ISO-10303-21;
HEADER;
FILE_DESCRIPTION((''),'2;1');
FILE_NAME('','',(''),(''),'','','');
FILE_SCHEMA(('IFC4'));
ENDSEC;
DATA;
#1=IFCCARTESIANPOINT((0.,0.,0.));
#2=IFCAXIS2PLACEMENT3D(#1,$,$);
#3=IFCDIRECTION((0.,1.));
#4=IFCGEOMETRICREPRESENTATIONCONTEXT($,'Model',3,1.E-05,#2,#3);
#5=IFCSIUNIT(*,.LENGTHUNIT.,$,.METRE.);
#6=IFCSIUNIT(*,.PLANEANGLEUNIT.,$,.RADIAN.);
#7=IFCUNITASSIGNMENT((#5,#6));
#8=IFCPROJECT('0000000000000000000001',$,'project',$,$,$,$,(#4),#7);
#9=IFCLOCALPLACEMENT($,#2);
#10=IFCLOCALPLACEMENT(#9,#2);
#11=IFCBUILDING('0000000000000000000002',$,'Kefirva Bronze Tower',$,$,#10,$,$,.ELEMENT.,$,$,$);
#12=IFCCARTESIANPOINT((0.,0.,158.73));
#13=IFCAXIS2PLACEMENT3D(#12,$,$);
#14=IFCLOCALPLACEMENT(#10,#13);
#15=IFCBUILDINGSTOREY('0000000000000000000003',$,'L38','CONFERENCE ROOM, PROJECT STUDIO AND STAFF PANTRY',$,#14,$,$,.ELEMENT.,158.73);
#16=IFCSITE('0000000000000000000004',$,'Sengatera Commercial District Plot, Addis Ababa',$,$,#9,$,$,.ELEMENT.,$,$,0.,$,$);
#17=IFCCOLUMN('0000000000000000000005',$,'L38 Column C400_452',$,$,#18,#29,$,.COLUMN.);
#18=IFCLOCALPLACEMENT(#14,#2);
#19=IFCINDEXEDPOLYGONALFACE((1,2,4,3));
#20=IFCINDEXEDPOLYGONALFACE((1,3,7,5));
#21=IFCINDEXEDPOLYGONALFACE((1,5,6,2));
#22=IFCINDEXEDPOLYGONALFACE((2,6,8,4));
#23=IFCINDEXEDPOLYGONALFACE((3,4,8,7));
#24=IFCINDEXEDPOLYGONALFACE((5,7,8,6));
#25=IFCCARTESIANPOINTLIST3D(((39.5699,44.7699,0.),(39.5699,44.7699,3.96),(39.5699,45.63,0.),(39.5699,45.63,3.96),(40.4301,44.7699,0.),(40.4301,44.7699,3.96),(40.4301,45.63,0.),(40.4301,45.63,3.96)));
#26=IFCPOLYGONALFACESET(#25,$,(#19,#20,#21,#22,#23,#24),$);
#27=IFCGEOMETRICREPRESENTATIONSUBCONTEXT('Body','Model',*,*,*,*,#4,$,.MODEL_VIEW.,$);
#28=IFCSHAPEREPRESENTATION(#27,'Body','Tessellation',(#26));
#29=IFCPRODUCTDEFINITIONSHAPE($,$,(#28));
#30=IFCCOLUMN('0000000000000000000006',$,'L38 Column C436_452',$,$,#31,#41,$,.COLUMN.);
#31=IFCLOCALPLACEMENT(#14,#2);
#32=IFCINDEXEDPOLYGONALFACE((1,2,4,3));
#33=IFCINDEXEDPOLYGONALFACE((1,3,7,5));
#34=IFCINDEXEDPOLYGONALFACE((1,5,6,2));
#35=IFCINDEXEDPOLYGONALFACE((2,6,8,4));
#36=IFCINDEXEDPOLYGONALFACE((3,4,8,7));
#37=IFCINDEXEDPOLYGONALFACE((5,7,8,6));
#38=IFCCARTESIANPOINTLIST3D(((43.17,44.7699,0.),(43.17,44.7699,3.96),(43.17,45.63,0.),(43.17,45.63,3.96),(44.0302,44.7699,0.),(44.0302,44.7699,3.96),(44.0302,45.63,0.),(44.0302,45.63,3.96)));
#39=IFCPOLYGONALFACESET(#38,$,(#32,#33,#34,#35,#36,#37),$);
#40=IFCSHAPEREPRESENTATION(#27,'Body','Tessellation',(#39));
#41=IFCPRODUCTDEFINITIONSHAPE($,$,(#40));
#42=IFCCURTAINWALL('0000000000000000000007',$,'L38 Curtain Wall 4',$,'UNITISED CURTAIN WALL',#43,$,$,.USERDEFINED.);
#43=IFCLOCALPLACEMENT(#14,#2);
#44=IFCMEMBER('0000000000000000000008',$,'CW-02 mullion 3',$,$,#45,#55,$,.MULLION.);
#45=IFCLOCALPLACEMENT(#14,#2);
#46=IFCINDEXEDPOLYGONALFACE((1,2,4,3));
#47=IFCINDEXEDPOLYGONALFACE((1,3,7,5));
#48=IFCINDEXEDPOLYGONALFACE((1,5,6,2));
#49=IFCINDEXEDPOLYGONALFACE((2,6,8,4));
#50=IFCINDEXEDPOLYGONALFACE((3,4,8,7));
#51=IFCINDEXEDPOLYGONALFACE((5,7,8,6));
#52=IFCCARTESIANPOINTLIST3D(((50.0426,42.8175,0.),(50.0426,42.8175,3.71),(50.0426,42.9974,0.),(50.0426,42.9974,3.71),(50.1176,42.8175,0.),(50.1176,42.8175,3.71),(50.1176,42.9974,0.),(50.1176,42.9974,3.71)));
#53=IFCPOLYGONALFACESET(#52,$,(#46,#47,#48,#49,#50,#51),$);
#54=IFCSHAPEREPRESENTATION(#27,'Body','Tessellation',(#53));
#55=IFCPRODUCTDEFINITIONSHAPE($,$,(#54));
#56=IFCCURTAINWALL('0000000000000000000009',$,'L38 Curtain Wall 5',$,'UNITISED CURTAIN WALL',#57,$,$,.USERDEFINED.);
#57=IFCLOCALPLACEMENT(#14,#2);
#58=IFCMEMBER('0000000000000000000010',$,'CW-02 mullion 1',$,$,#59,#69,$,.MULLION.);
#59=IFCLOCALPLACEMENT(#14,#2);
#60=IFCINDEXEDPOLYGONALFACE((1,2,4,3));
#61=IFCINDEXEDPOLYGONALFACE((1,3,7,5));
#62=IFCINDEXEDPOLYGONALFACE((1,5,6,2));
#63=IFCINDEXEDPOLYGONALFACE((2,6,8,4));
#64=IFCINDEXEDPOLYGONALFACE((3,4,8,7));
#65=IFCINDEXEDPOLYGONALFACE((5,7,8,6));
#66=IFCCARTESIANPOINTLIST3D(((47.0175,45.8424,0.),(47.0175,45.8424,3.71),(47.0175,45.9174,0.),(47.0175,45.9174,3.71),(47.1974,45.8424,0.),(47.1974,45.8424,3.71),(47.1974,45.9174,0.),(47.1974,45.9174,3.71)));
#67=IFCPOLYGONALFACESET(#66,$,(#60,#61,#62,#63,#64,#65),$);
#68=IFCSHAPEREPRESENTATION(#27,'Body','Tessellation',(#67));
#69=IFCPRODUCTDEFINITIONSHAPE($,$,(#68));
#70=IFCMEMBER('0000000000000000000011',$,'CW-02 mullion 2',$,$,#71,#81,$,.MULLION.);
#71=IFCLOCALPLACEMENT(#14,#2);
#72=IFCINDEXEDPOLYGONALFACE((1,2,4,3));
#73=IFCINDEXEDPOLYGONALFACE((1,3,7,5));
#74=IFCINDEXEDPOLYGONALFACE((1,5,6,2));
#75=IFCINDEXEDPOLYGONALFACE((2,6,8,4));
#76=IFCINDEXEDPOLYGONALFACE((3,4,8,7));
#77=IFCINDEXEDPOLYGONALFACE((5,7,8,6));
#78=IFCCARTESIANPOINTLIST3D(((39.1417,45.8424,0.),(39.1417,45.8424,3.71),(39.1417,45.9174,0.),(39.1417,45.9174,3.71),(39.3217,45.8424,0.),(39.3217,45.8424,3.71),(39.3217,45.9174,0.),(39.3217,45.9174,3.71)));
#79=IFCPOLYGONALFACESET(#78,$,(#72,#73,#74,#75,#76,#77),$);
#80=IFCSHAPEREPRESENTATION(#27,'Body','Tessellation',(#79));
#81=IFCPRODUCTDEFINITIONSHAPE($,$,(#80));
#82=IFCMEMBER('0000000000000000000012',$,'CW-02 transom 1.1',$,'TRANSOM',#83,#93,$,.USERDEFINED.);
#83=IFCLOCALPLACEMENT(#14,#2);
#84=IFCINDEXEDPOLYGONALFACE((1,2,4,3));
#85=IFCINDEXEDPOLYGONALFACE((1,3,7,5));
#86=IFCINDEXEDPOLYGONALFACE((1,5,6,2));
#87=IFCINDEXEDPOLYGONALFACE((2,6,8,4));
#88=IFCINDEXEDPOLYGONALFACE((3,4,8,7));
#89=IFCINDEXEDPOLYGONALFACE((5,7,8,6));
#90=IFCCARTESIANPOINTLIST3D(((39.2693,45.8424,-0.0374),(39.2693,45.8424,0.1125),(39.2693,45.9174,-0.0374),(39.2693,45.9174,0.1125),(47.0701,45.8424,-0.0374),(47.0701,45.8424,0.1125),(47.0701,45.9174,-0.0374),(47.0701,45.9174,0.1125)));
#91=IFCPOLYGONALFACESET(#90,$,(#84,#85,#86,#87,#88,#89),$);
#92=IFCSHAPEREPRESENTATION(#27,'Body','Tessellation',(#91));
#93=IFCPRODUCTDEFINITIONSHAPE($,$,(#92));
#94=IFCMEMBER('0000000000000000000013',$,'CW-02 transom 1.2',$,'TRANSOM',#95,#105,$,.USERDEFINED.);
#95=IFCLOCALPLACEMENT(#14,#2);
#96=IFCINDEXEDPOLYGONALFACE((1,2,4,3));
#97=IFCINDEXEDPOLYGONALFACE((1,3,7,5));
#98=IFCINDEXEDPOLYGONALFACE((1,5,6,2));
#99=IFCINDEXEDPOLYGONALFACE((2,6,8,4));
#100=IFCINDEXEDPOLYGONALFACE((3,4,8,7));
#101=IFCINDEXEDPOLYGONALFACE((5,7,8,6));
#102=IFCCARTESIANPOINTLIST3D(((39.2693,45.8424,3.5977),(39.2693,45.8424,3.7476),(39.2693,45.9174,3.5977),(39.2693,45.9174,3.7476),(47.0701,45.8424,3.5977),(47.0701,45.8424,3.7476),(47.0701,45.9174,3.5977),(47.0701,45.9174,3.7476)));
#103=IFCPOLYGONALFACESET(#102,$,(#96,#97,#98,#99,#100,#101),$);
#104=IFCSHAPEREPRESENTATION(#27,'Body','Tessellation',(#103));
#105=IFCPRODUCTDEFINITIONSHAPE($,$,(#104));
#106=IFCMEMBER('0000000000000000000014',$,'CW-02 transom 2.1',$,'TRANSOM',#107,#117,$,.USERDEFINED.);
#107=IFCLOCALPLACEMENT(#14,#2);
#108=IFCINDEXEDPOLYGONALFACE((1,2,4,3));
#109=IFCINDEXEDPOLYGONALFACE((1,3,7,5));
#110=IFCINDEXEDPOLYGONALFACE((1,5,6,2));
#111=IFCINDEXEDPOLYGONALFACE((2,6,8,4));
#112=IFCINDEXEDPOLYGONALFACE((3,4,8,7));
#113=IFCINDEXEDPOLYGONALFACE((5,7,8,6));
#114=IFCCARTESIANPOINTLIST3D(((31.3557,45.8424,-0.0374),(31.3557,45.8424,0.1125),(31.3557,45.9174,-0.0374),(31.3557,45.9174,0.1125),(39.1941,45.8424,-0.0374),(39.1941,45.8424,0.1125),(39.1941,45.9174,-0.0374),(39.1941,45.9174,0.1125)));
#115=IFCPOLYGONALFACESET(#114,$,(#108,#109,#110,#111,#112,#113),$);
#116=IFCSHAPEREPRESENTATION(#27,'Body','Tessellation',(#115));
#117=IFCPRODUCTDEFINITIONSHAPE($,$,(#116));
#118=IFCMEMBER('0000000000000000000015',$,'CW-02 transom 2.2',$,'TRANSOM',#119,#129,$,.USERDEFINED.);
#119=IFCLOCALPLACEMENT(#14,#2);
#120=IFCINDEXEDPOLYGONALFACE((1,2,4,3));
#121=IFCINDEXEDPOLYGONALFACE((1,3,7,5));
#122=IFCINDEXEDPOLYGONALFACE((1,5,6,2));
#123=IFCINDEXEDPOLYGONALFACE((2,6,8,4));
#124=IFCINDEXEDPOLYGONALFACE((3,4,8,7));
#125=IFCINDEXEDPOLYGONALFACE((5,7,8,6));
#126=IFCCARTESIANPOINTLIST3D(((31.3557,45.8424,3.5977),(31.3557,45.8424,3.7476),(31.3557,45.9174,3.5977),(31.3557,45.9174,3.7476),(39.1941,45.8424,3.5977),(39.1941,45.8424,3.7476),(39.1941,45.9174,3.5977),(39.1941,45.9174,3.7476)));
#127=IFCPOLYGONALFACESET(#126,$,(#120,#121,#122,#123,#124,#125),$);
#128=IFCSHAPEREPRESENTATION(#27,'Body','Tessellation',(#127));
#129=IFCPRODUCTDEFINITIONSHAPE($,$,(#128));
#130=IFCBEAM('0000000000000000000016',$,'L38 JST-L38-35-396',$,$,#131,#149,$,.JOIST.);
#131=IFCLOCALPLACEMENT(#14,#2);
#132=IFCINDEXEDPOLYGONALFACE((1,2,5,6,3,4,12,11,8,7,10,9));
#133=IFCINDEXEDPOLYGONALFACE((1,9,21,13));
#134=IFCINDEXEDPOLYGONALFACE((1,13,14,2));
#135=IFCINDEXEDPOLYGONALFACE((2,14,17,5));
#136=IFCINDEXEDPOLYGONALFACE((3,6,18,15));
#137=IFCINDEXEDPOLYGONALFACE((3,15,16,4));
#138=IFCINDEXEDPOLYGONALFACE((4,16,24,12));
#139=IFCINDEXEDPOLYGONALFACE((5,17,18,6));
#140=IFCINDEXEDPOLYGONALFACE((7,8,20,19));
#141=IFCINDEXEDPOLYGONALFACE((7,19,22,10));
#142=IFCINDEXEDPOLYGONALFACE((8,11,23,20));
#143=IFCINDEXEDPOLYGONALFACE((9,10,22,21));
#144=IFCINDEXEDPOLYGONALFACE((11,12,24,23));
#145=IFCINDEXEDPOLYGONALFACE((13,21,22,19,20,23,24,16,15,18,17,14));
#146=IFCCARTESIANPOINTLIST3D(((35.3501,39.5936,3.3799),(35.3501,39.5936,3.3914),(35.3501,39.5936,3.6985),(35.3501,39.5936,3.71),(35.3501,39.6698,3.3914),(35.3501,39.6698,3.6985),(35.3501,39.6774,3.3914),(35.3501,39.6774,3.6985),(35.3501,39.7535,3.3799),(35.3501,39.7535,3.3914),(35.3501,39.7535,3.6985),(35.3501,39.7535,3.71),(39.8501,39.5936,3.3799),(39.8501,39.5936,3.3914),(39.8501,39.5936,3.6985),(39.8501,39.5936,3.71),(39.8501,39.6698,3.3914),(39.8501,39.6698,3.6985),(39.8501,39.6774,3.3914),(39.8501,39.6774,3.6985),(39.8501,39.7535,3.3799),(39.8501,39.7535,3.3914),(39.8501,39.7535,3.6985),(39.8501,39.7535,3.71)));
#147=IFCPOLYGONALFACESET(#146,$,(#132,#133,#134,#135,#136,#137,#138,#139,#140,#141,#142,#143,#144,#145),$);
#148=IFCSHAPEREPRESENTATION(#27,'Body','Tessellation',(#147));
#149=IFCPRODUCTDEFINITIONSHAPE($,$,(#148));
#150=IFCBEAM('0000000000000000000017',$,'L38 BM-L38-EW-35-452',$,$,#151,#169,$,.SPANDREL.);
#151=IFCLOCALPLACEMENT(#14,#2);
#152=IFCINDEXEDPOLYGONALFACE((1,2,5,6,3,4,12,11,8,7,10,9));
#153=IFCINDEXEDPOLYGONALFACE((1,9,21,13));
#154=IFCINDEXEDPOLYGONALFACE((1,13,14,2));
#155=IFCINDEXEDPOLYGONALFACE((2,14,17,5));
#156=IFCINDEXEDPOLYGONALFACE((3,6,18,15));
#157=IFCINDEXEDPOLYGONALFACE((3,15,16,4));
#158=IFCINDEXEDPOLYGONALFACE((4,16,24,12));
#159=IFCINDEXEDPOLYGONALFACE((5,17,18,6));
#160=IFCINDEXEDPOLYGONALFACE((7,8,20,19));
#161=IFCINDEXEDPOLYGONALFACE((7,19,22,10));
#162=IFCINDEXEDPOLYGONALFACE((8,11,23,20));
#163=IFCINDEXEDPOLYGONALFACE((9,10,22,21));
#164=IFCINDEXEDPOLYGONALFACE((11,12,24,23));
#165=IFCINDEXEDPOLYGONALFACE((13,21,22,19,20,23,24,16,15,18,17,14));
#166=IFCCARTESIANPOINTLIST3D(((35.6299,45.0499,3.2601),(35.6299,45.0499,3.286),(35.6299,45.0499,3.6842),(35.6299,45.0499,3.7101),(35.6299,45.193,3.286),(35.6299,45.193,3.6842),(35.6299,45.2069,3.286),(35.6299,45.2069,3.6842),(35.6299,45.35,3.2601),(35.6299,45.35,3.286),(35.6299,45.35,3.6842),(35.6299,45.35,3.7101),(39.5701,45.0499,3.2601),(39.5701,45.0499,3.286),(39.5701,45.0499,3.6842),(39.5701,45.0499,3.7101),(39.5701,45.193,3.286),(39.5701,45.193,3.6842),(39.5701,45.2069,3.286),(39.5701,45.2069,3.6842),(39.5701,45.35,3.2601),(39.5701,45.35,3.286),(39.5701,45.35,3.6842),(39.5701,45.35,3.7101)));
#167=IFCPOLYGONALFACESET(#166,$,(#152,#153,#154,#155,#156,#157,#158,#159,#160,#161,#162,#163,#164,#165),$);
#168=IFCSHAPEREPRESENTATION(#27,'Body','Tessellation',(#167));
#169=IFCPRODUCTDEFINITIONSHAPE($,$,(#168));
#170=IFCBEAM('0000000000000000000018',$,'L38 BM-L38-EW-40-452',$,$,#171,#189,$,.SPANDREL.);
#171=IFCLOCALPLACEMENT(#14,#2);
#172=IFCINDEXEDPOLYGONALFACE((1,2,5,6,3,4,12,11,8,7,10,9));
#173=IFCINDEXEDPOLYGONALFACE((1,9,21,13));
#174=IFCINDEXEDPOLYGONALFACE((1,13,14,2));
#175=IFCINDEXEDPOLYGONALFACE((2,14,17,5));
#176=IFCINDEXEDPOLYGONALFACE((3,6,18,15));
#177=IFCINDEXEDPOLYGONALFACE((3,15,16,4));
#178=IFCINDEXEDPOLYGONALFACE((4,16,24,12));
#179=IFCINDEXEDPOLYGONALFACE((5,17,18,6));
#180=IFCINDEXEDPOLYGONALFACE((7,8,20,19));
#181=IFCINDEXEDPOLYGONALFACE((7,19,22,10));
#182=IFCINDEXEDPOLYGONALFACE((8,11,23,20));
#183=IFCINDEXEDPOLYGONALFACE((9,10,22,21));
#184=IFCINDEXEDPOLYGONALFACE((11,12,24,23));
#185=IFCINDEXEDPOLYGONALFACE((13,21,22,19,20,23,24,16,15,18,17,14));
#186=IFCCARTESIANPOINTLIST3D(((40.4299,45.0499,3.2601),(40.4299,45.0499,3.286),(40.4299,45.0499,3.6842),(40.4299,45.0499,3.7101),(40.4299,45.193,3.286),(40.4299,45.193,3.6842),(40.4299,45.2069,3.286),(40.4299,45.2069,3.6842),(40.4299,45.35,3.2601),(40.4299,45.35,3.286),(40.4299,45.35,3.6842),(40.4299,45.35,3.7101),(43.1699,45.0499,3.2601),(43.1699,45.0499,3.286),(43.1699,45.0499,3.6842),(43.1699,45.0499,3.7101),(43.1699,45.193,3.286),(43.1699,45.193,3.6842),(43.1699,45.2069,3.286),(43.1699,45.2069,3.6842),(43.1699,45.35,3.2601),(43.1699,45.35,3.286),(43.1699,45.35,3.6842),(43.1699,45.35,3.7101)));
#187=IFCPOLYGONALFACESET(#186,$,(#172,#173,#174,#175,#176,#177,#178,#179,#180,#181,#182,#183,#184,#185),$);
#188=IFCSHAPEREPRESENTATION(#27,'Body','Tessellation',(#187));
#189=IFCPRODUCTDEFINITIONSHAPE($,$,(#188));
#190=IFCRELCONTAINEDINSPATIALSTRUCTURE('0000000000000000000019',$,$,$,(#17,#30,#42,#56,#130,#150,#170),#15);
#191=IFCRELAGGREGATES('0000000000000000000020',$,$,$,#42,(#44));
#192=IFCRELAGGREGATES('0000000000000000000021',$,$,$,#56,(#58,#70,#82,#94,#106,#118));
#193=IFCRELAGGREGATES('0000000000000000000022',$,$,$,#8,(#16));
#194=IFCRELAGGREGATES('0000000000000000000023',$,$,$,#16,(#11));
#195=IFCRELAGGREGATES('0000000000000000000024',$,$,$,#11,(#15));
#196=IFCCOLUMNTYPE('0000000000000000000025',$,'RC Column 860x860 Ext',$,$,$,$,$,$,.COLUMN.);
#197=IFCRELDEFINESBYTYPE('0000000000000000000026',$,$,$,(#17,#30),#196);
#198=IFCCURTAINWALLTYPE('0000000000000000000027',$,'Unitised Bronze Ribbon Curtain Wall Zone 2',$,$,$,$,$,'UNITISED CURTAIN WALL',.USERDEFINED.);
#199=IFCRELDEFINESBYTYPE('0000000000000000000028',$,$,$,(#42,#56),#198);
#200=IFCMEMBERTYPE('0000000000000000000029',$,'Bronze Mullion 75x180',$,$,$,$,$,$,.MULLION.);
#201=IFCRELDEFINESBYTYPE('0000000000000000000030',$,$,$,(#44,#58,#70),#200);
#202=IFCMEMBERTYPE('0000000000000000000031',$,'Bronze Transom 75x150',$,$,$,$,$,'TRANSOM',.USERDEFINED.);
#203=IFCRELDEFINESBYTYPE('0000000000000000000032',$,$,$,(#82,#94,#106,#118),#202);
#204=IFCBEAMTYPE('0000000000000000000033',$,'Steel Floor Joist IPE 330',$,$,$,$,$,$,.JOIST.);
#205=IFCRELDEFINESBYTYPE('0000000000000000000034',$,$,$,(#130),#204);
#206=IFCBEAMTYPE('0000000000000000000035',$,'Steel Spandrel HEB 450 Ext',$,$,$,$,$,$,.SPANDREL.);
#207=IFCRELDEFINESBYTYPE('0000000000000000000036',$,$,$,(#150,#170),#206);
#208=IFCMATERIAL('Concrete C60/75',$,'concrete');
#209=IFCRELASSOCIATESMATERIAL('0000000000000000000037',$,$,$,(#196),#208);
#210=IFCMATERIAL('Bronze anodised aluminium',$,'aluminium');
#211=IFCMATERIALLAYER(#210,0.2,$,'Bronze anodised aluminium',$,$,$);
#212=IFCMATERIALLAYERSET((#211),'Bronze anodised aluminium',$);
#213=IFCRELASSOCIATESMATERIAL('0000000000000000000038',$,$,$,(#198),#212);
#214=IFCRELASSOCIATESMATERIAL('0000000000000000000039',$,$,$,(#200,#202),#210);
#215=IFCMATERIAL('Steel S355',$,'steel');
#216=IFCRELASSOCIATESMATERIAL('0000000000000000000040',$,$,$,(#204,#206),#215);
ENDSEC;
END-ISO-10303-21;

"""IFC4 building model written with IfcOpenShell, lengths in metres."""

from ifc_helpers import new_model, si_unit, direction, frame, origin, origin_2d, place, context, subcontext, project, spatial, rectangle, i_section, extrude, material, layer, layer_set, material_profile, profile_set, type_object, element, aggregate, save


model = new_model("IFC4")

# Units and contexts
model_context = context("Model", 3, precision=1e-05, world=origin(), true_north=direction((0.0, 1.0)))
body_context = subcontext(model_context, "Body", "Model", "MODEL_VIEW")
ifc_project = project(units=[si_unit("LENGTHUNIT", "METRE"), si_unit("PLANEANGLEUNIT", "RADIAN")], contexts=[model_context])

# Site, building, storey
site_placement = place(None, origin())
site = spatial("IfcSite", under=ifc_project, at=site_placement, Name="Sengatera Commercial District Plot, Addis Ababa", CompositionType="ELEMENT", RefElevation=0.0)
building_placement = place(site_placement, origin())
building = spatial("IfcBuilding", under=site, at=building_placement, Name="Kefirva Bronze Tower", CompositionType="ELEMENT")
storey_placement = place(building_placement, frame((0.0, 0.0, 158.73)))
storey = spatial("IfcBuildingStorey", under=building, at=storey_placement, Name="L38", Description="CONFERENCE ROOM, PROJECT STUDIO AND STAFF PANTRY", CompositionType="ELEMENT", Elevation=158.73)

# Columns
ifc_material_1 = material(Name="Concrete C60/75", Category="concrete")
ifc_material_profile_1 = material_profile(ifc_material_1, rectangle(XDim=0.8601, YDim=0.8601, at=origin_2d()), Name="RC 860x860")
ifc_profile_set_1 = profile_set([ifc_material_profile_1], Name="Concrete C60/75")
column_type = type_object("IfcColumnType", Name="RC Column 860x860 Ext", PredefinedType="COLUMN", material=ifc_profile_set_1)
for number, where, z_axis, x_axis, name in (
    (1, (40.0, 45.2, 0.0), (0.0, 0.0, 1.0), (1.0, 0.0, 0.0), "L38 Column C400_452"),
    (2, (43.6001, 45.2, 0.0), (0.0, 0.0, 1.0), (1.0, 0.0, 0.0), "L38 Column C436_452"),
):
    element("IfcColumn", number, at=place(storey_placement, frame(where, z_axis=z_axis, x_axis=x_axis)), inside=storey, type_object=column_type, Name=name, PredefinedType="COLUMN", context=body_context, shape_type="SweptSolid", body=[
        extrude(rectangle(XDim=0.8601, YDim=0.8601, at=origin_2d()), origin(), (0.0, 0.0, 1.0), 3.96),
    ])

# Curtain wall, member
ifc_material_2 = material(Name="Bronze anodised aluminium", Category="aluminium")
ifc_layer_1 = layer(ifc_material_2, 0.2, Name="Bronze anodised aluminium")
ifc_layer_set_1 = layer_set([ifc_layer_1], Name="Bronze anodised aluminium")
curtain_wall_type = type_object("IfcCurtainWallType", Name="Unitised Bronze Ribbon Curtain Wall Zone 2", ElementType="UNITISED CURTAIN WALL", PredefinedType="USERDEFINED", material=ifc_layer_set_1)
curtain_wall_1_placement = place(storey_placement, origin())
curtain_wall_1 = element("IfcCurtainWall", 3, at=curtain_wall_1_placement, inside=storey, type_object=curtain_wall_type, Name="L38 Curtain Wall 4", ObjectType="UNITISED CURTAIN WALL", PredefinedType="USERDEFINED")
ifc_material_profile_2 = material_profile(ifc_material_2, rectangle(XDim=0.075, YDim=0.1799, at=origin_2d()), Name="ALU 75x180")
ifc_profile_set_2 = profile_set([ifc_material_profile_2], Name="Bronze anodised aluminium")
member_type_1 = type_object("IfcMemberType", Name="Bronze Mullion 75x180", PredefinedType="MULLION", material=ifc_profile_set_2)
member_1_placement = place(storey_placement, frame((50.0801, 42.9075, 0.0), z_axis=(0.0, 0.0, 1.0), x_axis=(-1.0, 0.0, 0.0)))
member_1 = element("IfcMember", 4, at=member_1_placement, type_object=member_type_1, Name="CW-02 mullion 3", PredefinedType="MULLION", context=body_context, shape_type="SweptSolid", body=[
    extrude(rectangle(XDim=0.075, YDim=0.1799, at=origin_2d()), origin(), (0.0, 0.0, 1.0), 3.71),
])
aggregate(curtain_wall_1, [member_1])

# Curtain wall, members
curtain_wall_2_placement = place(storey_placement, origin())
curtain_wall_2 = element("IfcCurtainWall", 5, at=curtain_wall_2_placement, inside=storey, type_object=curtain_wall_type, Name="L38 Curtain Wall 5", ObjectType="UNITISED CURTAIN WALL", PredefinedType="USERDEFINED")
member_2_placement = place(storey_placement, frame((47.1074, 45.8799, 0.0), z_axis=(0.0, 0.0, 1.0), x_axis=(0.0, -1.0, 0.0)))
member_2 = element("IfcMember", 6, at=member_2_placement, type_object=member_type_1, Name="CW-02 mullion 1", PredefinedType="MULLION", context=body_context, shape_type="SweptSolid", body=[
    extrude(rectangle(XDim=0.075, YDim=0.1799, at=origin_2d()), origin(), (0.0, 0.0, 1.0), 3.71),
])
member_3_placement = place(storey_placement, frame((39.2317, 45.8799, 0.0), z_axis=(0.0, 0.0, 1.0), x_axis=(0.0, -1.0, 0.0)))
member_3 = element("IfcMember", 7, at=member_3_placement, type_object=member_type_1, Name="CW-02 mullion 2", PredefinedType="MULLION", context=body_context, shape_type="SweptSolid", body=[
    extrude(rectangle(XDim=0.075, YDim=0.1799, at=origin_2d()), origin(), (0.0, 0.0, 1.0), 3.71),
])
ifc_material_profile_3 = material_profile(ifc_material_2, rectangle(XDim=0.075, YDim=0.1499, at=origin_2d()), Name="ALU 75x150")
ifc_profile_set_3 = profile_set([ifc_material_profile_3], Name="Bronze anodised aluminium")
member_type_2 = type_object("IfcMemberType", Name="Bronze Transom 75x150", ElementType="TRANSOM", PredefinedType="USERDEFINED", material=ifc_profile_set_3)
member_4_placement = place(storey_placement, frame((47.0701, 45.8799, 0.0376), z_axis=(-1.0, 0.0, 0.0), x_axis=(0.0, -1.0, 0.0)))
member_4 = element("IfcMember", 8, at=member_4_placement, type_object=member_type_2, Name="CW-02 transom 1.1", ObjectType="TRANSOM", PredefinedType="USERDEFINED", context=body_context, shape_type="SweptSolid", body=[
    extrude(rectangle(XDim=0.075, YDim=0.1499, at=origin_2d()), origin(), (0.0, 0.0, 1.0), 7.8008),
])
member_5_placement = place(storey_placement, frame((47.0701, 45.8799, 3.6726), z_axis=(-1.0, 0.0, 0.0), x_axis=(0.0, -1.0, 0.0)))
member_5 = element("IfcMember", 9, at=member_5_placement, type_object=member_type_2, Name="CW-02 transom 1.2", ObjectType="TRANSOM", PredefinedType="USERDEFINED", context=body_context, shape_type="SweptSolid", body=[
    extrude(rectangle(XDim=0.075, YDim=0.1499, at=origin_2d()), origin(), (0.0, 0.0, 1.0), 7.8008),
])
member_6_placement = place(storey_placement, frame((39.1941, 45.8799, 0.0376), z_axis=(-1.0, 0.0, 0.0), x_axis=(0.0, -1.0, 0.0)))
member_6 = element("IfcMember", 10, at=member_6_placement, type_object=member_type_2, Name="CW-02 transom 2.1", ObjectType="TRANSOM", PredefinedType="USERDEFINED", context=body_context, shape_type="SweptSolid", body=[
    extrude(rectangle(XDim=0.075, YDim=0.1499, at=origin_2d()), origin(), (0.0, 0.0, 1.0), 7.8384),
])
member_7_placement = place(storey_placement, frame((39.1941, 45.8799, 3.6726), z_axis=(-1.0, 0.0, 0.0), x_axis=(0.0, -1.0, 0.0)))
member_7 = element("IfcMember", 11, at=member_7_placement, type_object=member_type_2, Name="CW-02 transom 2.2", ObjectType="TRANSOM", PredefinedType="USERDEFINED", context=body_context, shape_type="SweptSolid", body=[
    extrude(rectangle(XDim=0.075, YDim=0.1499, at=origin_2d()), origin(), (0.0, 0.0, 1.0), 7.8384),
])

# Beams
ifc_material_3 = material(Name="Steel S355", Category="steel")
ifc_material_profile_4 = material_profile(ifc_material_3, i_section(OverallWidth=0.1599, OverallDepth=0.3301, WebThickness=0.0076, FlangeThickness=0.0115, at=origin_2d()), Name="IPE 330")
ifc_profile_set_4 = profile_set([ifc_material_profile_4], Name="Steel S355")
beam_type_1 = type_object("IfcBeamType", Name="Steel Floor Joist IPE 330", PredefinedType="JOIST", material=ifc_profile_set_4)
beam_1_placement = place(storey_placement, frame((35.3501, 39.6736, 3.5449), z_axis=(1.0, 0.0, 0.0), x_axis=(0.0, 1.0, 0.0)))
element("IfcBeam", 12, at=beam_1_placement, inside=storey, type_object=beam_type_1, Name="L38 JST-L38-35-396", PredefinedType="JOIST", context=body_context, shape_type="SweptSolid", body=[
    extrude(i_section(OverallWidth=0.1599, OverallDepth=0.3301, WebThickness=0.0076, FlangeThickness=0.0115, at=origin_2d()), origin(), (0.0, 0.0, 1.0), 4.5),
])
ifc_material_profile_5 = material_profile(ifc_material_3, i_section(OverallWidth=0.3, OverallDepth=0.45, WebThickness=0.0139, FlangeThickness=0.0259, at=origin_2d()), Name="HEB 450")
ifc_profile_set_5 = profile_set([ifc_material_profile_5], Name="Steel S355")
beam_type_2 = type_object("IfcBeamType", Name="Steel Spandrel HEB 450 Ext", PredefinedType="SPANDREL", material=ifc_profile_set_5)
beam_2_placement = place(storey_placement, frame((35.6299, 45.2, 3.4851), z_axis=(1.0, 0.0, 0.0), x_axis=(0.0, 1.0, 0.0)))
element("IfcBeam", 13, at=beam_2_placement, inside=storey, type_object=beam_type_2, Name="L38 BM-L38-EW-35-452", PredefinedType="SPANDREL", context=body_context, shape_type="SweptSolid", body=[
    extrude(i_section(OverallWidth=0.3, OverallDepth=0.45, WebThickness=0.0139, FlangeThickness=0.0259, at=origin_2d()), origin(), (0.0, 0.0, 1.0), 3.9402),
])
beam_3_placement = place(storey_placement, frame((40.4299, 45.2, 3.4851), z_axis=(1.0, 0.0, 0.0), x_axis=(0.0, 1.0, 0.0)))
element("IfcBeam", 14, at=beam_3_placement, inside=storey, type_object=beam_type_2, Name="L38 BM-L38-EW-40-452", PredefinedType="SPANDREL", context=body_context, shape_type="SweptSolid", body=[
    extrude(i_section(OverallWidth=0.3, OverallDepth=0.45, WebThickness=0.0139, FlangeThickness=0.0259, at=origin_2d()), origin(), (0.0, 0.0, 1.0), 2.74),
])

aggregate(curtain_wall_2, [member_2, member_3, member_4, member_5, member_6, member_7])

save(model, "model.ifc")
